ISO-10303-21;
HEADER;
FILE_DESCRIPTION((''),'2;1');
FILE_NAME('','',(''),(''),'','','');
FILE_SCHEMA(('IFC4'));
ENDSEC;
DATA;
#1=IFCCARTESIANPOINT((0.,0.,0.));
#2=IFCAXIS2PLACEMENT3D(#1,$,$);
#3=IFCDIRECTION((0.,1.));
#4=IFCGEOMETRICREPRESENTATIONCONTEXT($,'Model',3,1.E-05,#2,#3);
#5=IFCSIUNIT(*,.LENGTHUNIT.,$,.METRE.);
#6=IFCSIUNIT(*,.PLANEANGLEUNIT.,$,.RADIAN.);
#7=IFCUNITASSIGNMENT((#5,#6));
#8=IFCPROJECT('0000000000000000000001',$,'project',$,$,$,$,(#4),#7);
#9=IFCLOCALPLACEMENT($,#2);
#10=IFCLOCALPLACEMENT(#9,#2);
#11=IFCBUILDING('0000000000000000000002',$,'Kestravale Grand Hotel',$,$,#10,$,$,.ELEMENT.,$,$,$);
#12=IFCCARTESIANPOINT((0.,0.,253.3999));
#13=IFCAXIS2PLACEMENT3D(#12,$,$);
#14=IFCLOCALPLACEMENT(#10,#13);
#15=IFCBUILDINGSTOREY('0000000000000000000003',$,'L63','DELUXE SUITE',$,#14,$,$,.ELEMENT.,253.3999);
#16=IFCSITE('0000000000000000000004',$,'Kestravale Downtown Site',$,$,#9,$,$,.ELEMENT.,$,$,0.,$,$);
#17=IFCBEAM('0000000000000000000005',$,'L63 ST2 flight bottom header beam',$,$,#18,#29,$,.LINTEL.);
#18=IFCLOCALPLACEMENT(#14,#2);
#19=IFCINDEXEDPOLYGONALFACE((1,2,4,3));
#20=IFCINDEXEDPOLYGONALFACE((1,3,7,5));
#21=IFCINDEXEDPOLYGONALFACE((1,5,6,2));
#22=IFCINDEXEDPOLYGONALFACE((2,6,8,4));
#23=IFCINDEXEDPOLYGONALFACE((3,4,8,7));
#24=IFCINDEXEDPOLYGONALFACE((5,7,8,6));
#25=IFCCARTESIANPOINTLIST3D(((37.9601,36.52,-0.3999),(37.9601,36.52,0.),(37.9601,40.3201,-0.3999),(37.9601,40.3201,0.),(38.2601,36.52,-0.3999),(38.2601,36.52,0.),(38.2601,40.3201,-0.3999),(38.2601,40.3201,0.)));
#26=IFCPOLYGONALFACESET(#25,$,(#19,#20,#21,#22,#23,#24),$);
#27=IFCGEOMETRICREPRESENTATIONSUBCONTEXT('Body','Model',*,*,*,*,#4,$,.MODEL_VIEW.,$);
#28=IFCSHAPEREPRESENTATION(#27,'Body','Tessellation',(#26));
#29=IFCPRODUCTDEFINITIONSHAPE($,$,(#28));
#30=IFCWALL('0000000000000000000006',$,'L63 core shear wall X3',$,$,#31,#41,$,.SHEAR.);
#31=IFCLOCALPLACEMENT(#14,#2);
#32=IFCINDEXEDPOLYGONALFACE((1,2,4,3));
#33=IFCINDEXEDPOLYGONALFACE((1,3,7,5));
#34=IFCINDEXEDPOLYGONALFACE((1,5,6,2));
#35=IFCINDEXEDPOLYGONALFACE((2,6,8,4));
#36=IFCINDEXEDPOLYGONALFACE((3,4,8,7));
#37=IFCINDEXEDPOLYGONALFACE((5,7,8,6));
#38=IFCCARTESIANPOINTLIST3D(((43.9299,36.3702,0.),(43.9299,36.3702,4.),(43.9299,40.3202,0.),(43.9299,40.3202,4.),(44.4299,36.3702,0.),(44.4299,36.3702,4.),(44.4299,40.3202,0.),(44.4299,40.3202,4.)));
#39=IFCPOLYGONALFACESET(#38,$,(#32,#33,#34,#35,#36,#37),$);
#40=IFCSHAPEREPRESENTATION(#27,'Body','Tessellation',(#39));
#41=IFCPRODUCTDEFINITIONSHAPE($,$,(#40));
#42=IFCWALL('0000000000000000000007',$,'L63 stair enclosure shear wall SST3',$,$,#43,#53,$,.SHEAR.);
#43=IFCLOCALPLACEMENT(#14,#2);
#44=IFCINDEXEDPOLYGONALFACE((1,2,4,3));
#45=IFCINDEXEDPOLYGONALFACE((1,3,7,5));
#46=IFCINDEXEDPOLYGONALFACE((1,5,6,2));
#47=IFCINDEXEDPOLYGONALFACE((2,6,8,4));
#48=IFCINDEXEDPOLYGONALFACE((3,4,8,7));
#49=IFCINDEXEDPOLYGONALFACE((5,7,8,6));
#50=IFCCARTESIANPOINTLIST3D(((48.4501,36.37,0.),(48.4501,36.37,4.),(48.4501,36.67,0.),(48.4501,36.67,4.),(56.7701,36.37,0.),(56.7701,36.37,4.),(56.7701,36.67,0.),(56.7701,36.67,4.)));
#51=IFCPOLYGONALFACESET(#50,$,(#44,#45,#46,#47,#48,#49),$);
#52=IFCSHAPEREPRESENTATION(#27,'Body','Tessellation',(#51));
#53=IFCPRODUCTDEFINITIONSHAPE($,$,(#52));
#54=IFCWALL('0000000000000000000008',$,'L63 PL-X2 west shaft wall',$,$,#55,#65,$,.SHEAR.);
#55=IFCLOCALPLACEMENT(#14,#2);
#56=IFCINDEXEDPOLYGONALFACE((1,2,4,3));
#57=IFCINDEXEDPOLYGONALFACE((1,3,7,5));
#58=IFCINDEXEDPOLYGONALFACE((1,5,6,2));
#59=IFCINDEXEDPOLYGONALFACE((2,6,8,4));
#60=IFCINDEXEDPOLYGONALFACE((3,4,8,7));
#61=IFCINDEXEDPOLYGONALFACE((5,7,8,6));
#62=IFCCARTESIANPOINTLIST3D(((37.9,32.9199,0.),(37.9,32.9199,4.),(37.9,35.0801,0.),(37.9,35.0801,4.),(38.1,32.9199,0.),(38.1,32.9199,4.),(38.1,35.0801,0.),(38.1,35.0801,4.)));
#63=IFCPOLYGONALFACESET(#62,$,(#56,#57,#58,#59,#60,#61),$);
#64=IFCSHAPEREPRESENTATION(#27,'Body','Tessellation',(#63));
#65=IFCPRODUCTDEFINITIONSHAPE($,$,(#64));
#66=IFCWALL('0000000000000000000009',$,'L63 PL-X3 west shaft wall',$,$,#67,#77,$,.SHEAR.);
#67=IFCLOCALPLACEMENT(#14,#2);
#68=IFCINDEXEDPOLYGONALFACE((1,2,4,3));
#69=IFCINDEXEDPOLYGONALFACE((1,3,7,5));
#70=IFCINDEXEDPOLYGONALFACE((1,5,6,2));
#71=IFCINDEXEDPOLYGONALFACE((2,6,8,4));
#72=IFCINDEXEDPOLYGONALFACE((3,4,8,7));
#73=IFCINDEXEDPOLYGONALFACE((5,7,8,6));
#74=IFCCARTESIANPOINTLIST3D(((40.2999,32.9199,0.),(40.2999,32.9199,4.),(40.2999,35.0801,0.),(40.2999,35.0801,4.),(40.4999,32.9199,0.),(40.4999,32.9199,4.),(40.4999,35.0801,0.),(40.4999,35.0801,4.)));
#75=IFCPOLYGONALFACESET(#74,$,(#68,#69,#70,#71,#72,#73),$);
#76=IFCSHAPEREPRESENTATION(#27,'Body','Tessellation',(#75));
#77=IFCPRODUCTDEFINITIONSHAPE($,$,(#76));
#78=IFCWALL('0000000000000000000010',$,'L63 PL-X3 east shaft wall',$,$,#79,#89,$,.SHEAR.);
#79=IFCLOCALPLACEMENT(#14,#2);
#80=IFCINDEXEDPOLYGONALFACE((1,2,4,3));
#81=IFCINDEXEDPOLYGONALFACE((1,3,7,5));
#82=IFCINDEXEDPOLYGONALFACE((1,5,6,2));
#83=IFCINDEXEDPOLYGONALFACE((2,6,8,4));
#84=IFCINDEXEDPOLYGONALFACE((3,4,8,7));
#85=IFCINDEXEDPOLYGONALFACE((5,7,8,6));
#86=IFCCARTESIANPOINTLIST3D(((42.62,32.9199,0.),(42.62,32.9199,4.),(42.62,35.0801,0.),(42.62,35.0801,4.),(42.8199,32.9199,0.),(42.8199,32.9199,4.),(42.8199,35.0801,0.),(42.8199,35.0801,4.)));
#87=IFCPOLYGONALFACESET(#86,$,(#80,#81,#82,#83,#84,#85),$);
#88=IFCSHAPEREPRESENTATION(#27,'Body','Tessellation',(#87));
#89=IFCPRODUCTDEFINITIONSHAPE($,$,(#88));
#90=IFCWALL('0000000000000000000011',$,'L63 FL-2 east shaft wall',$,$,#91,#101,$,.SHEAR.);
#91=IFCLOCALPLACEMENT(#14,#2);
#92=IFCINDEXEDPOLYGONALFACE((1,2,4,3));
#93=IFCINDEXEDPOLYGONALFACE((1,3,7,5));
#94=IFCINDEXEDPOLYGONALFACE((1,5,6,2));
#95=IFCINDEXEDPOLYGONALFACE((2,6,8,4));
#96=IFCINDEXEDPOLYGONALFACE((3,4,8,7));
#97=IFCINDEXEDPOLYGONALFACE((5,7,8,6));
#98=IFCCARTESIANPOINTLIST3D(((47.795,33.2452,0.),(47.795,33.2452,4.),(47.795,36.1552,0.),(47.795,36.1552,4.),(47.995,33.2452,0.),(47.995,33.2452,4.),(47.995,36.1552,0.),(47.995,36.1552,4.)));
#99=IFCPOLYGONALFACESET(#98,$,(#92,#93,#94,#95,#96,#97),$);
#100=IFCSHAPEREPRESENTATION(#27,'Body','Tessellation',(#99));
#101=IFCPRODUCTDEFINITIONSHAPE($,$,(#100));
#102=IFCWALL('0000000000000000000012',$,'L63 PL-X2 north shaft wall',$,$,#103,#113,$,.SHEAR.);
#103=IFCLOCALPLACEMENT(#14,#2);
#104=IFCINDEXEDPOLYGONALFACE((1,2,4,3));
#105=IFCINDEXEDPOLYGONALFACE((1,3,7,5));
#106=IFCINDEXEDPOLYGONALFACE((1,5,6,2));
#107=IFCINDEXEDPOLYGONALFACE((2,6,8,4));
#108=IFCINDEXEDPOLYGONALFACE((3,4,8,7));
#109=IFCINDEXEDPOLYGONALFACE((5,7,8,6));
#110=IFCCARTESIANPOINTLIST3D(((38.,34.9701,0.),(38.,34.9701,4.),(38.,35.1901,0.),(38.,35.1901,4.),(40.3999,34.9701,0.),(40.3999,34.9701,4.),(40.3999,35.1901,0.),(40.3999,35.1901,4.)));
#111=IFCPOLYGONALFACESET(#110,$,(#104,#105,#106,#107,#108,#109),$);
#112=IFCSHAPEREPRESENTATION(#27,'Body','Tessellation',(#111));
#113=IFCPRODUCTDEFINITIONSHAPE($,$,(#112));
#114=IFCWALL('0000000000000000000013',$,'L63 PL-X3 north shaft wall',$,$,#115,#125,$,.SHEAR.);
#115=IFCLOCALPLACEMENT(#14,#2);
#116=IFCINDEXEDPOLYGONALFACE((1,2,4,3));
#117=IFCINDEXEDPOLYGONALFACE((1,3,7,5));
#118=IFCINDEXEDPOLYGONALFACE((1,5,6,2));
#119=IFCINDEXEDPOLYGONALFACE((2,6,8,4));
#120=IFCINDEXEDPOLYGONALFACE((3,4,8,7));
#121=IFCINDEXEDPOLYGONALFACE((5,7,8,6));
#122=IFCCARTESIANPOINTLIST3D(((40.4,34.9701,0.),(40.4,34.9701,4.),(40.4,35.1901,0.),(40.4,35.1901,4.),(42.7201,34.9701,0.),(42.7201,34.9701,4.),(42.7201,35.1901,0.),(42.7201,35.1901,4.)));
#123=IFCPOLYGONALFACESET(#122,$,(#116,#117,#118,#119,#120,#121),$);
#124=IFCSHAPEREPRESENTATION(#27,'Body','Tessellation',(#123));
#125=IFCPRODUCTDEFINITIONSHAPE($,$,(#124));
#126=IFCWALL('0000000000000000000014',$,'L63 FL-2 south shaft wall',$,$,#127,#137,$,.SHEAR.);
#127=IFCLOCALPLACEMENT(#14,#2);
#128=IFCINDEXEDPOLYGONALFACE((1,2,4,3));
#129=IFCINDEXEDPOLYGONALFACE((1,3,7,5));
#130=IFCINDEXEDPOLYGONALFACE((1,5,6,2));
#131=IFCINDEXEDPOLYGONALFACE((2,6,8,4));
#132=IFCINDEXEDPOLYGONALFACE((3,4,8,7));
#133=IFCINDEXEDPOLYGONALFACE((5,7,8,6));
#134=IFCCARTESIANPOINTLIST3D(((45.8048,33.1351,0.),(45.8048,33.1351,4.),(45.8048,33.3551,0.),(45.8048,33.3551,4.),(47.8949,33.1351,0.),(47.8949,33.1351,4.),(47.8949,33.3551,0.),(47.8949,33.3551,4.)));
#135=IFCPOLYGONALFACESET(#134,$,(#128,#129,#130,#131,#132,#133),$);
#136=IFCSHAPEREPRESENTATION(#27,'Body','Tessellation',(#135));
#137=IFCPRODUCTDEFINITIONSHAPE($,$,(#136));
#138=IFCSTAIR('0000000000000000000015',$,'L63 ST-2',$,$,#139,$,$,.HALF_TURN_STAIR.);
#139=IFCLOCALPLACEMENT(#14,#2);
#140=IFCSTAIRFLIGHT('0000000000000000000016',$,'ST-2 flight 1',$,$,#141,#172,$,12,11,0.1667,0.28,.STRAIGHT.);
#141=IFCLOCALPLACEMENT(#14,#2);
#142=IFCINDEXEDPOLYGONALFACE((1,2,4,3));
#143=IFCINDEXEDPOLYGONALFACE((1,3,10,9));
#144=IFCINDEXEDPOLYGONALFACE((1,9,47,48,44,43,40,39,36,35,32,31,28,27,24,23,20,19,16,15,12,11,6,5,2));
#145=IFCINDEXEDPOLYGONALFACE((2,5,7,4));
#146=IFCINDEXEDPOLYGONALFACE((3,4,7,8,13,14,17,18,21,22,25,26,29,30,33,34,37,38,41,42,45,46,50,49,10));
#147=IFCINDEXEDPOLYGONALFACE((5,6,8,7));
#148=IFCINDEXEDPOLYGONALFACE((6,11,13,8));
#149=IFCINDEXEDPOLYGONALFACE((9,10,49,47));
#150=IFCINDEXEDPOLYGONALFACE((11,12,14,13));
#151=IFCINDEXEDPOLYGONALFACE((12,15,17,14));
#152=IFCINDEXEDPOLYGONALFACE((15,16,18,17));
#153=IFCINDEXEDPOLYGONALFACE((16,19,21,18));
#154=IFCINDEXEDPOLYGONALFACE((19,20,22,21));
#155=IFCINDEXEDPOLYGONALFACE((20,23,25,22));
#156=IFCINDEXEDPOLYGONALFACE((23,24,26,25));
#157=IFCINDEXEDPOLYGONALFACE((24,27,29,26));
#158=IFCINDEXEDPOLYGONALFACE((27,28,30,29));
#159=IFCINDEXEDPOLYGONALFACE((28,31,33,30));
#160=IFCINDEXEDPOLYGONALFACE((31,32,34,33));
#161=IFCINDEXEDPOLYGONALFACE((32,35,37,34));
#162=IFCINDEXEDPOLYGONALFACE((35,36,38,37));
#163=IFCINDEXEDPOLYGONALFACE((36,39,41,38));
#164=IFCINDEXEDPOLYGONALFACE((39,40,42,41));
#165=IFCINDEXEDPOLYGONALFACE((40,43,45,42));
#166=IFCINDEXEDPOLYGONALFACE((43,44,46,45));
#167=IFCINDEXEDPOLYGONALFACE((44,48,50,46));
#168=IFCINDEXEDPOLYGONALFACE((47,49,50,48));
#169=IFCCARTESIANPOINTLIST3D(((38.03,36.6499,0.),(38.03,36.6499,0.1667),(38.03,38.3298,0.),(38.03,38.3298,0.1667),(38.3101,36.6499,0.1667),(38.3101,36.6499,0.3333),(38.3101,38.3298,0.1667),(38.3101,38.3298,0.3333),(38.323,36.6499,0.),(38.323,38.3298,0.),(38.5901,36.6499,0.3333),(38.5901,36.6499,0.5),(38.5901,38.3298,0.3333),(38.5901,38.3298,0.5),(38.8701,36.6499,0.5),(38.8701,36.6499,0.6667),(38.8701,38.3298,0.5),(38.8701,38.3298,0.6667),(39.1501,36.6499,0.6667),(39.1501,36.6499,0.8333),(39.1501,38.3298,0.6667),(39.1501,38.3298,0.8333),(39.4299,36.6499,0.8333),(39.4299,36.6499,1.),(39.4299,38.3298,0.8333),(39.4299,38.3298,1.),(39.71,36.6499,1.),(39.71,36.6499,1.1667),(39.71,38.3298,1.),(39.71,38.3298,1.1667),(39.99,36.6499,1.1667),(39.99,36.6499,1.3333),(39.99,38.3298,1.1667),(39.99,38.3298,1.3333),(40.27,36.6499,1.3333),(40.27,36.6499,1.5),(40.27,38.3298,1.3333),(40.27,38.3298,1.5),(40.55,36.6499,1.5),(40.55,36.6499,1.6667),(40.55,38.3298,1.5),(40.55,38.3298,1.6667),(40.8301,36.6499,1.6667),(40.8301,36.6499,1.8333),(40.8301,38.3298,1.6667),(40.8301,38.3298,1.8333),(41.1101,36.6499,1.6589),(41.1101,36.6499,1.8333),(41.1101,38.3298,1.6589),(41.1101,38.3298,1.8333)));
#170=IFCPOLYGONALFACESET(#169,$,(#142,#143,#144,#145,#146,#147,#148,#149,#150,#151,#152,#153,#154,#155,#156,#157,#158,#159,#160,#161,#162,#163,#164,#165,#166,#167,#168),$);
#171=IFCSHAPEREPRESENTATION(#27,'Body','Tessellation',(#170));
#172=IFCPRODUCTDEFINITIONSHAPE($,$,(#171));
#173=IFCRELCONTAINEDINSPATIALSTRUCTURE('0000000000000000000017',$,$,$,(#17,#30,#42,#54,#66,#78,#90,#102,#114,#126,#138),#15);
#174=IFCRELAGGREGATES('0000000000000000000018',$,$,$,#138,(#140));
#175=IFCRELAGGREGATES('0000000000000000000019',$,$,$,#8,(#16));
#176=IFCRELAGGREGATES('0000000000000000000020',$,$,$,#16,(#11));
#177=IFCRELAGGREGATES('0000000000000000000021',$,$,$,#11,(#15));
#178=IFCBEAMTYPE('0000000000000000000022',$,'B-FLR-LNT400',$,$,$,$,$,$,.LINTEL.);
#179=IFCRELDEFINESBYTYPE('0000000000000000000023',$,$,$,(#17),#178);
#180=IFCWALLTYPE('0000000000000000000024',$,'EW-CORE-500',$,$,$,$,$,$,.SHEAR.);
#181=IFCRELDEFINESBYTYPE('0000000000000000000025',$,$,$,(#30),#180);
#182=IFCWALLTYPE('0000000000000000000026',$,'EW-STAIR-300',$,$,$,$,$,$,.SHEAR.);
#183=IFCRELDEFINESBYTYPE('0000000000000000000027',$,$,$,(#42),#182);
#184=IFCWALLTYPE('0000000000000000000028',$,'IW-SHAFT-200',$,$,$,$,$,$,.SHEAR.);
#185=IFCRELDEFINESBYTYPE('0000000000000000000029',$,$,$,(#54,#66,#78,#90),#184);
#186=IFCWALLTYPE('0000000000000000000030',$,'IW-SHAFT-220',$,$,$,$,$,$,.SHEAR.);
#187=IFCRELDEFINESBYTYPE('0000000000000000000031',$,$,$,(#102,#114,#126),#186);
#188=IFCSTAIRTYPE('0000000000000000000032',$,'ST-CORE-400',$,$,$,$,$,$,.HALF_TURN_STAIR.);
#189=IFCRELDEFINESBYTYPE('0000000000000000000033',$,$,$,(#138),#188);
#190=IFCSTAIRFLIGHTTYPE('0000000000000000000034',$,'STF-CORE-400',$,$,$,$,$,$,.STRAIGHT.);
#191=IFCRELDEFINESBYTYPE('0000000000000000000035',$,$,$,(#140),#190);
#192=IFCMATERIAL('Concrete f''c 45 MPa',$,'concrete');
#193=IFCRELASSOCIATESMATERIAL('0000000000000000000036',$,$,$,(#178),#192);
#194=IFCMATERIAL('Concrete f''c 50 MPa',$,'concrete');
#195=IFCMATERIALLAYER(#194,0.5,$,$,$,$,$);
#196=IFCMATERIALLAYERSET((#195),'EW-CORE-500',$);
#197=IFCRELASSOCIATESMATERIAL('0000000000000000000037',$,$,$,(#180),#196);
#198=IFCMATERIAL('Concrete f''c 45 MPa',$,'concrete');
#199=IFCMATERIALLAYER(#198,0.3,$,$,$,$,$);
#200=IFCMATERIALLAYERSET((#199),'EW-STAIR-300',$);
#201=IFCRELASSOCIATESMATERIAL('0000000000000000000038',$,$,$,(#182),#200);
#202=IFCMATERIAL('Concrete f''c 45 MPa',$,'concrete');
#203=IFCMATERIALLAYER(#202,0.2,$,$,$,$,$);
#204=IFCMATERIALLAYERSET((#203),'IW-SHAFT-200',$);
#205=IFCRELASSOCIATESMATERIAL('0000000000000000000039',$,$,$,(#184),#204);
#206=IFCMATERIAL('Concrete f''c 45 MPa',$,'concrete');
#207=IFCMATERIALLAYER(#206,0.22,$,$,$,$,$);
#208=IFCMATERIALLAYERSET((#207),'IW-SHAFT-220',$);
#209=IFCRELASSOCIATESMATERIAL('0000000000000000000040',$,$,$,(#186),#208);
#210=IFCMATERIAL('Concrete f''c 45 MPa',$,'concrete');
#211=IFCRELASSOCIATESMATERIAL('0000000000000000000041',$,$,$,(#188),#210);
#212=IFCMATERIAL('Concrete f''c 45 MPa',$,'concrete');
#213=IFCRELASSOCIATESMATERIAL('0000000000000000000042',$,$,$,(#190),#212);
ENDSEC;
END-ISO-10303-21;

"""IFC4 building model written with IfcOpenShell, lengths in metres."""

from ifc_helpers import new_model, si_unit, direction, frame, frame_2d, origin, origin_2d, place, context, subcontext, project, spatial, polyline, rectangle, outline, extrude, material, layer, layer_set, material_profile, profile_set, type_object, element, aggregate, save


model = new_model("IFC4")

# Units and contexts
model_context = context("Model", 3, precision=1e-05, world=origin(), true_north=direction((0.0, 1.0)))
body_context = subcontext(model_context, "Body", "Model", "MODEL_VIEW")
ifc_project = project(units=[si_unit("LENGTHUNIT", "METRE"), si_unit("PLANEANGLEUNIT", "RADIAN")], contexts=[model_context])

# Site, building, storey
site_placement = place(None, origin())
site = spatial("IfcSite", under=ifc_project, at=site_placement, Name="Kestravale Downtown Site", CompositionType="ELEMENT", RefElevation=0.0)
building_placement = place(site_placement, origin())
building = spatial("IfcBuilding", under=site, at=building_placement, Name="Kestravale Grand Hotel", CompositionType="ELEMENT")
storey_placement = place(building_placement, frame((0.0, 0.0, 253.3999)))
storey = spatial("IfcBuildingStorey", under=building, at=storey_placement, Name="L63", Description="DELUXE SUITE", CompositionType="ELEMENT", Elevation=253.3999)

# Beam
ifc_material_1 = material(Name="Concrete f'c 45 MPa", Category="concrete")
ifc_material_profile = material_profile(ifc_material_1, rectangle(XDim=0.3, YDim=0.3999, at=origin_2d()))
ifc_profile_set = profile_set([ifc_material_profile], Name="Concrete f'c 45 MPa")
beam_type = type_object("IfcBeamType", Name="B-FLR-LNT400", PredefinedType="LINTEL", material=ifc_profile_set)
beam_placement = place(storey_placement, frame((38.1101, 36.52, -0.2), z_axis=(0.0, 1.0, 0.0), x_axis=(-1.0, 0.0, 0.0)))
element("IfcBeam", 1, at=beam_placement, inside=storey, type_object=beam_type, Name="L63 ST2 flight bottom header beam", PredefinedType="LINTEL", context=body_context, shape_type="SweptSolid", body=[
    extrude(rectangle(XDim=0.3, YDim=0.3999, at=origin_2d()), origin(), (0.0, 0.0, 1.0), 3.8),
])

# Walls
ifc_material_2 = material(Name="Concrete f'c 50 MPa", Category="concrete")
ifc_layer_1 = layer(ifc_material_2, 0.5)
ifc_layer_set_1 = layer_set([ifc_layer_1], Name="EW-CORE-500")
wall_type_1 = type_object("IfcWallType", Name="EW-CORE-500", PredefinedType="SHEAR", material=ifc_layer_set_1)
wall_1_placement = place(storey_placement, frame((44.1799, 36.3701, 0.0), z_axis=(0.0, 0.0, 1.0), x_axis=(0.0, 1.0, 0.0)))
element("IfcWall", 2, at=wall_1_placement, inside=storey, type_object=wall_type_1, Name="L63 core shear wall X3", PredefinedType="SHEAR", context=body_context, shape_type="SweptSolid", body=[
    extrude(rectangle(XDim=3.95, YDim=0.5, at=frame_2d((1.9751, 0.0))), origin(), (0.0, 0.0, 1.0), 4.0),
])
ifc_material_3 = material(Name="Concrete f'c 45 MPa", Category="concrete")
ifc_layer_2 = layer(ifc_material_3, 0.3)
ifc_layer_set_2 = layer_set([ifc_layer_2], Name="EW-STAIR-300")
wall_type_2 = type_object("IfcWallType", Name="EW-STAIR-300", PredefinedType="SHEAR", material=ifc_layer_set_2)
wall_2_placement = place(storey_placement, frame((48.45, 36.52, 0.0), z_axis=(0.0, 0.0, 1.0), x_axis=(1.0, 0.0, 0.0)))
element("IfcWall", 3, at=wall_2_placement, inside=storey, type_object=wall_type_2, Name="L63 stair enclosure shear wall SST3", PredefinedType="SHEAR", context=body_context, shape_type="SweptSolid", body=[
    extrude(rectangle(XDim=8.3201, YDim=0.3, at=frame_2d((4.1602, 0.0))), origin(), (0.0, 0.0, 1.0), 4.0),
])

# Walls
ifc_material_4 = material(Name="Concrete f'c 45 MPa", Category="concrete")
ifc_layer_3 = layer(ifc_material_4, 0.2)
ifc_layer_set_3 = layer_set([ifc_layer_3], Name="IW-SHAFT-200")
wall_type_3 = type_object("IfcWallType", Name="IW-SHAFT-200", PredefinedType="SHEAR", material=ifc_layer_set_3)
for number, where, z_axis, x_axis, name in (
    (4, (38.0, 32.9199, 0.0), (0.0, 0.0, 1.0), (0.0, 1.0, 0.0), "L63 PL-X2 west shaft wall"),
    (5, (40.3999, 32.9199, 0.0), (0.0, 0.0, 1.0), (0.0, 1.0, 0.0), "L63 PL-X3 west shaft wall"),
    (6, (42.72, 32.9199, 0.0), (0.0, 0.0, 1.0), (0.0, 1.0, 0.0), "L63 PL-X3 east shaft wall"),
):
    element("IfcWall", number, at=place(storey_placement, frame(where, z_axis=z_axis, x_axis=x_axis)), inside=storey, type_object=wall_type_3, Name=name, PredefinedType="SHEAR", context=body_context, shape_type="SweptSolid", body=[
        extrude(rectangle(XDim=2.1602, YDim=0.2, at=frame_2d((1.0801, 0.0))), origin(), (0.0, 0.0, 1.0), 4.0),
    ])
wall_3_placement = place(storey_placement, frame((47.895, 33.2451, 0.0), z_axis=(0.0, 0.0, 1.0), x_axis=(0.0, 1.0, 0.0)))
element("IfcWall", 7, at=wall_3_placement, inside=storey, type_object=wall_type_3, Name="L63 FL-2 east shaft wall", PredefinedType="SHEAR", context=body_context, shape_type="SweptSolid", body=[
    extrude(rectangle(XDim=2.9099, YDim=0.2, at=frame_2d((1.4551, 0.0))), origin(), (0.0, 0.0, 1.0), 4.0),
])
ifc_material_5 = material(Name="Concrete f'c 45 MPa", Category="concrete")
ifc_layer_4 = layer(ifc_material_5, 0.22)
ifc_layer_set_4 = layer_set([ifc_layer_4], Name="IW-SHAFT-220")
wall_type_4 = type_object("IfcWallType", Name="IW-SHAFT-220", PredefinedType="SHEAR", material=ifc_layer_set_4)
wall_4_placement = place(storey_placement, frame((38.0, 35.0801, 0.0), z_axis=(0.0, 0.0, 1.0), x_axis=(1.0, 0.0, 0.0)))
element("IfcWall", 8, at=wall_4_placement, inside=storey, type_object=wall_type_4, Name="L63 PL-X2 north shaft wall", PredefinedType="SHEAR", context=body_context, shape_type="SweptSolid", body=[
    extrude(rectangle(XDim=2.3999, YDim=0.22, at=frame_2d((1.2, 0.0))), origin(), (0.0, 0.0, 1.0), 4.0),
])

# Wall
wall_5_placement = place(storey_placement, frame((40.3999, 35.0801, 0.0), z_axis=(0.0, 0.0, 1.0), x_axis=(1.0, 0.0, 0.0)))
element("IfcWall", 9, at=wall_5_placement, inside=storey, type_object=wall_type_4, Name="L63 PL-X3 north shaft wall", PredefinedType="SHEAR", context=body_context, shape_type="SweptSolid", body=[
    extrude(rectangle(XDim=2.3201, YDim=0.22, at=frame_2d((1.1602, 0.0))), origin(), (0.0, 0.0, 1.0), 4.0),
])

# Wall
wall_6_placement = place(storey_placement, frame((45.8049, 33.2451, 0.0), z_axis=(0.0, 0.0, 1.0), x_axis=(1.0, 0.0, 0.0)))
element("IfcWall", 10, at=wall_6_placement, inside=storey, type_object=wall_type_4, Name="L63 FL-2 south shaft wall", PredefinedType="SHEAR", context=body_context, shape_type="SweptSolid", body=[
    extrude(rectangle(XDim=2.0901, YDim=0.22, at=frame_2d((1.0449, 0.0))), origin(), (0.0, 0.0, 1.0), 4.0),
])

# Stair, stair flight
ifc_material_6 = material(Name="Concrete f'c 45 MPa", Category="concrete")
stair_type = type_object("IfcStairType", Name="ST-CORE-400", PredefinedType="HALF_TURN_STAIR", material=ifc_material_6)
stair_placement = place(storey_placement, origin())
stair = element("IfcStair", 11, at=stair_placement, inside=storey, type_object=stair_type, Name="L63 ST-2", PredefinedType="HALF_TURN_STAIR")
ifc_material_7 = material(Name="Concrete f'c 45 MPa", Category="concrete")
stair_flight_type = type_object("IfcStairFlightType", Name="STF-CORE-400", PredefinedType="STRAIGHT", material=ifc_material_7)
stair_flight_placement = place(storey_placement, frame((38.03, 37.49, 0.0), z_axis=(0.0, 0.0, 1.0), x_axis=(1.0, 0.0, 0.0)))
stair_flight = element("IfcStairFlight", 12, at=stair_flight_placement, type_object=stair_flight_type, Name="ST-2 flight 1", NumberOfRisers=12, NumberOfTreads=11, PredefinedType="STRAIGHT", RiserHeight=0.1667, TreadLength=0.28, context=body_context, shape_type="SweptSolid", body=[
    extrude(outline(polyline([(0.0, 0.0), (0.0, 0.1667), (0.28, 0.1667), (0.28, 0.3333), (0.5601, 0.3333), (0.5601, 0.5), (0.8401, 0.5), (0.8401, 0.6667), (1.1201, 0.6667), (1.1201, 0.8333), (1.3999, 0.8333), (1.3999, 1.0), (1.6799, 1.0), (1.6799, 1.1667), (1.96, 1.1667), (1.96, 1.3333), (2.24, 1.3333), (2.24, 1.5), (2.52, 1.5), (2.52, 1.6667), (2.8, 1.6667), (2.8, 1.8333), (3.0801, 1.8333), (3.0801, 2.0), (3.0801, 1.6589), (0.293, 0.0), (0.0, 0.0)])), frame((0.0, 0.8398, 0.0), z_axis=(0.0, -1.0, 0.0), x_axis=(1.0, 0.0, 0.0)), (0.0, 0.0, 1.0), 1.6799),
])
aggregate(stair, [stair_flight])

save(model, "model.ifc")
